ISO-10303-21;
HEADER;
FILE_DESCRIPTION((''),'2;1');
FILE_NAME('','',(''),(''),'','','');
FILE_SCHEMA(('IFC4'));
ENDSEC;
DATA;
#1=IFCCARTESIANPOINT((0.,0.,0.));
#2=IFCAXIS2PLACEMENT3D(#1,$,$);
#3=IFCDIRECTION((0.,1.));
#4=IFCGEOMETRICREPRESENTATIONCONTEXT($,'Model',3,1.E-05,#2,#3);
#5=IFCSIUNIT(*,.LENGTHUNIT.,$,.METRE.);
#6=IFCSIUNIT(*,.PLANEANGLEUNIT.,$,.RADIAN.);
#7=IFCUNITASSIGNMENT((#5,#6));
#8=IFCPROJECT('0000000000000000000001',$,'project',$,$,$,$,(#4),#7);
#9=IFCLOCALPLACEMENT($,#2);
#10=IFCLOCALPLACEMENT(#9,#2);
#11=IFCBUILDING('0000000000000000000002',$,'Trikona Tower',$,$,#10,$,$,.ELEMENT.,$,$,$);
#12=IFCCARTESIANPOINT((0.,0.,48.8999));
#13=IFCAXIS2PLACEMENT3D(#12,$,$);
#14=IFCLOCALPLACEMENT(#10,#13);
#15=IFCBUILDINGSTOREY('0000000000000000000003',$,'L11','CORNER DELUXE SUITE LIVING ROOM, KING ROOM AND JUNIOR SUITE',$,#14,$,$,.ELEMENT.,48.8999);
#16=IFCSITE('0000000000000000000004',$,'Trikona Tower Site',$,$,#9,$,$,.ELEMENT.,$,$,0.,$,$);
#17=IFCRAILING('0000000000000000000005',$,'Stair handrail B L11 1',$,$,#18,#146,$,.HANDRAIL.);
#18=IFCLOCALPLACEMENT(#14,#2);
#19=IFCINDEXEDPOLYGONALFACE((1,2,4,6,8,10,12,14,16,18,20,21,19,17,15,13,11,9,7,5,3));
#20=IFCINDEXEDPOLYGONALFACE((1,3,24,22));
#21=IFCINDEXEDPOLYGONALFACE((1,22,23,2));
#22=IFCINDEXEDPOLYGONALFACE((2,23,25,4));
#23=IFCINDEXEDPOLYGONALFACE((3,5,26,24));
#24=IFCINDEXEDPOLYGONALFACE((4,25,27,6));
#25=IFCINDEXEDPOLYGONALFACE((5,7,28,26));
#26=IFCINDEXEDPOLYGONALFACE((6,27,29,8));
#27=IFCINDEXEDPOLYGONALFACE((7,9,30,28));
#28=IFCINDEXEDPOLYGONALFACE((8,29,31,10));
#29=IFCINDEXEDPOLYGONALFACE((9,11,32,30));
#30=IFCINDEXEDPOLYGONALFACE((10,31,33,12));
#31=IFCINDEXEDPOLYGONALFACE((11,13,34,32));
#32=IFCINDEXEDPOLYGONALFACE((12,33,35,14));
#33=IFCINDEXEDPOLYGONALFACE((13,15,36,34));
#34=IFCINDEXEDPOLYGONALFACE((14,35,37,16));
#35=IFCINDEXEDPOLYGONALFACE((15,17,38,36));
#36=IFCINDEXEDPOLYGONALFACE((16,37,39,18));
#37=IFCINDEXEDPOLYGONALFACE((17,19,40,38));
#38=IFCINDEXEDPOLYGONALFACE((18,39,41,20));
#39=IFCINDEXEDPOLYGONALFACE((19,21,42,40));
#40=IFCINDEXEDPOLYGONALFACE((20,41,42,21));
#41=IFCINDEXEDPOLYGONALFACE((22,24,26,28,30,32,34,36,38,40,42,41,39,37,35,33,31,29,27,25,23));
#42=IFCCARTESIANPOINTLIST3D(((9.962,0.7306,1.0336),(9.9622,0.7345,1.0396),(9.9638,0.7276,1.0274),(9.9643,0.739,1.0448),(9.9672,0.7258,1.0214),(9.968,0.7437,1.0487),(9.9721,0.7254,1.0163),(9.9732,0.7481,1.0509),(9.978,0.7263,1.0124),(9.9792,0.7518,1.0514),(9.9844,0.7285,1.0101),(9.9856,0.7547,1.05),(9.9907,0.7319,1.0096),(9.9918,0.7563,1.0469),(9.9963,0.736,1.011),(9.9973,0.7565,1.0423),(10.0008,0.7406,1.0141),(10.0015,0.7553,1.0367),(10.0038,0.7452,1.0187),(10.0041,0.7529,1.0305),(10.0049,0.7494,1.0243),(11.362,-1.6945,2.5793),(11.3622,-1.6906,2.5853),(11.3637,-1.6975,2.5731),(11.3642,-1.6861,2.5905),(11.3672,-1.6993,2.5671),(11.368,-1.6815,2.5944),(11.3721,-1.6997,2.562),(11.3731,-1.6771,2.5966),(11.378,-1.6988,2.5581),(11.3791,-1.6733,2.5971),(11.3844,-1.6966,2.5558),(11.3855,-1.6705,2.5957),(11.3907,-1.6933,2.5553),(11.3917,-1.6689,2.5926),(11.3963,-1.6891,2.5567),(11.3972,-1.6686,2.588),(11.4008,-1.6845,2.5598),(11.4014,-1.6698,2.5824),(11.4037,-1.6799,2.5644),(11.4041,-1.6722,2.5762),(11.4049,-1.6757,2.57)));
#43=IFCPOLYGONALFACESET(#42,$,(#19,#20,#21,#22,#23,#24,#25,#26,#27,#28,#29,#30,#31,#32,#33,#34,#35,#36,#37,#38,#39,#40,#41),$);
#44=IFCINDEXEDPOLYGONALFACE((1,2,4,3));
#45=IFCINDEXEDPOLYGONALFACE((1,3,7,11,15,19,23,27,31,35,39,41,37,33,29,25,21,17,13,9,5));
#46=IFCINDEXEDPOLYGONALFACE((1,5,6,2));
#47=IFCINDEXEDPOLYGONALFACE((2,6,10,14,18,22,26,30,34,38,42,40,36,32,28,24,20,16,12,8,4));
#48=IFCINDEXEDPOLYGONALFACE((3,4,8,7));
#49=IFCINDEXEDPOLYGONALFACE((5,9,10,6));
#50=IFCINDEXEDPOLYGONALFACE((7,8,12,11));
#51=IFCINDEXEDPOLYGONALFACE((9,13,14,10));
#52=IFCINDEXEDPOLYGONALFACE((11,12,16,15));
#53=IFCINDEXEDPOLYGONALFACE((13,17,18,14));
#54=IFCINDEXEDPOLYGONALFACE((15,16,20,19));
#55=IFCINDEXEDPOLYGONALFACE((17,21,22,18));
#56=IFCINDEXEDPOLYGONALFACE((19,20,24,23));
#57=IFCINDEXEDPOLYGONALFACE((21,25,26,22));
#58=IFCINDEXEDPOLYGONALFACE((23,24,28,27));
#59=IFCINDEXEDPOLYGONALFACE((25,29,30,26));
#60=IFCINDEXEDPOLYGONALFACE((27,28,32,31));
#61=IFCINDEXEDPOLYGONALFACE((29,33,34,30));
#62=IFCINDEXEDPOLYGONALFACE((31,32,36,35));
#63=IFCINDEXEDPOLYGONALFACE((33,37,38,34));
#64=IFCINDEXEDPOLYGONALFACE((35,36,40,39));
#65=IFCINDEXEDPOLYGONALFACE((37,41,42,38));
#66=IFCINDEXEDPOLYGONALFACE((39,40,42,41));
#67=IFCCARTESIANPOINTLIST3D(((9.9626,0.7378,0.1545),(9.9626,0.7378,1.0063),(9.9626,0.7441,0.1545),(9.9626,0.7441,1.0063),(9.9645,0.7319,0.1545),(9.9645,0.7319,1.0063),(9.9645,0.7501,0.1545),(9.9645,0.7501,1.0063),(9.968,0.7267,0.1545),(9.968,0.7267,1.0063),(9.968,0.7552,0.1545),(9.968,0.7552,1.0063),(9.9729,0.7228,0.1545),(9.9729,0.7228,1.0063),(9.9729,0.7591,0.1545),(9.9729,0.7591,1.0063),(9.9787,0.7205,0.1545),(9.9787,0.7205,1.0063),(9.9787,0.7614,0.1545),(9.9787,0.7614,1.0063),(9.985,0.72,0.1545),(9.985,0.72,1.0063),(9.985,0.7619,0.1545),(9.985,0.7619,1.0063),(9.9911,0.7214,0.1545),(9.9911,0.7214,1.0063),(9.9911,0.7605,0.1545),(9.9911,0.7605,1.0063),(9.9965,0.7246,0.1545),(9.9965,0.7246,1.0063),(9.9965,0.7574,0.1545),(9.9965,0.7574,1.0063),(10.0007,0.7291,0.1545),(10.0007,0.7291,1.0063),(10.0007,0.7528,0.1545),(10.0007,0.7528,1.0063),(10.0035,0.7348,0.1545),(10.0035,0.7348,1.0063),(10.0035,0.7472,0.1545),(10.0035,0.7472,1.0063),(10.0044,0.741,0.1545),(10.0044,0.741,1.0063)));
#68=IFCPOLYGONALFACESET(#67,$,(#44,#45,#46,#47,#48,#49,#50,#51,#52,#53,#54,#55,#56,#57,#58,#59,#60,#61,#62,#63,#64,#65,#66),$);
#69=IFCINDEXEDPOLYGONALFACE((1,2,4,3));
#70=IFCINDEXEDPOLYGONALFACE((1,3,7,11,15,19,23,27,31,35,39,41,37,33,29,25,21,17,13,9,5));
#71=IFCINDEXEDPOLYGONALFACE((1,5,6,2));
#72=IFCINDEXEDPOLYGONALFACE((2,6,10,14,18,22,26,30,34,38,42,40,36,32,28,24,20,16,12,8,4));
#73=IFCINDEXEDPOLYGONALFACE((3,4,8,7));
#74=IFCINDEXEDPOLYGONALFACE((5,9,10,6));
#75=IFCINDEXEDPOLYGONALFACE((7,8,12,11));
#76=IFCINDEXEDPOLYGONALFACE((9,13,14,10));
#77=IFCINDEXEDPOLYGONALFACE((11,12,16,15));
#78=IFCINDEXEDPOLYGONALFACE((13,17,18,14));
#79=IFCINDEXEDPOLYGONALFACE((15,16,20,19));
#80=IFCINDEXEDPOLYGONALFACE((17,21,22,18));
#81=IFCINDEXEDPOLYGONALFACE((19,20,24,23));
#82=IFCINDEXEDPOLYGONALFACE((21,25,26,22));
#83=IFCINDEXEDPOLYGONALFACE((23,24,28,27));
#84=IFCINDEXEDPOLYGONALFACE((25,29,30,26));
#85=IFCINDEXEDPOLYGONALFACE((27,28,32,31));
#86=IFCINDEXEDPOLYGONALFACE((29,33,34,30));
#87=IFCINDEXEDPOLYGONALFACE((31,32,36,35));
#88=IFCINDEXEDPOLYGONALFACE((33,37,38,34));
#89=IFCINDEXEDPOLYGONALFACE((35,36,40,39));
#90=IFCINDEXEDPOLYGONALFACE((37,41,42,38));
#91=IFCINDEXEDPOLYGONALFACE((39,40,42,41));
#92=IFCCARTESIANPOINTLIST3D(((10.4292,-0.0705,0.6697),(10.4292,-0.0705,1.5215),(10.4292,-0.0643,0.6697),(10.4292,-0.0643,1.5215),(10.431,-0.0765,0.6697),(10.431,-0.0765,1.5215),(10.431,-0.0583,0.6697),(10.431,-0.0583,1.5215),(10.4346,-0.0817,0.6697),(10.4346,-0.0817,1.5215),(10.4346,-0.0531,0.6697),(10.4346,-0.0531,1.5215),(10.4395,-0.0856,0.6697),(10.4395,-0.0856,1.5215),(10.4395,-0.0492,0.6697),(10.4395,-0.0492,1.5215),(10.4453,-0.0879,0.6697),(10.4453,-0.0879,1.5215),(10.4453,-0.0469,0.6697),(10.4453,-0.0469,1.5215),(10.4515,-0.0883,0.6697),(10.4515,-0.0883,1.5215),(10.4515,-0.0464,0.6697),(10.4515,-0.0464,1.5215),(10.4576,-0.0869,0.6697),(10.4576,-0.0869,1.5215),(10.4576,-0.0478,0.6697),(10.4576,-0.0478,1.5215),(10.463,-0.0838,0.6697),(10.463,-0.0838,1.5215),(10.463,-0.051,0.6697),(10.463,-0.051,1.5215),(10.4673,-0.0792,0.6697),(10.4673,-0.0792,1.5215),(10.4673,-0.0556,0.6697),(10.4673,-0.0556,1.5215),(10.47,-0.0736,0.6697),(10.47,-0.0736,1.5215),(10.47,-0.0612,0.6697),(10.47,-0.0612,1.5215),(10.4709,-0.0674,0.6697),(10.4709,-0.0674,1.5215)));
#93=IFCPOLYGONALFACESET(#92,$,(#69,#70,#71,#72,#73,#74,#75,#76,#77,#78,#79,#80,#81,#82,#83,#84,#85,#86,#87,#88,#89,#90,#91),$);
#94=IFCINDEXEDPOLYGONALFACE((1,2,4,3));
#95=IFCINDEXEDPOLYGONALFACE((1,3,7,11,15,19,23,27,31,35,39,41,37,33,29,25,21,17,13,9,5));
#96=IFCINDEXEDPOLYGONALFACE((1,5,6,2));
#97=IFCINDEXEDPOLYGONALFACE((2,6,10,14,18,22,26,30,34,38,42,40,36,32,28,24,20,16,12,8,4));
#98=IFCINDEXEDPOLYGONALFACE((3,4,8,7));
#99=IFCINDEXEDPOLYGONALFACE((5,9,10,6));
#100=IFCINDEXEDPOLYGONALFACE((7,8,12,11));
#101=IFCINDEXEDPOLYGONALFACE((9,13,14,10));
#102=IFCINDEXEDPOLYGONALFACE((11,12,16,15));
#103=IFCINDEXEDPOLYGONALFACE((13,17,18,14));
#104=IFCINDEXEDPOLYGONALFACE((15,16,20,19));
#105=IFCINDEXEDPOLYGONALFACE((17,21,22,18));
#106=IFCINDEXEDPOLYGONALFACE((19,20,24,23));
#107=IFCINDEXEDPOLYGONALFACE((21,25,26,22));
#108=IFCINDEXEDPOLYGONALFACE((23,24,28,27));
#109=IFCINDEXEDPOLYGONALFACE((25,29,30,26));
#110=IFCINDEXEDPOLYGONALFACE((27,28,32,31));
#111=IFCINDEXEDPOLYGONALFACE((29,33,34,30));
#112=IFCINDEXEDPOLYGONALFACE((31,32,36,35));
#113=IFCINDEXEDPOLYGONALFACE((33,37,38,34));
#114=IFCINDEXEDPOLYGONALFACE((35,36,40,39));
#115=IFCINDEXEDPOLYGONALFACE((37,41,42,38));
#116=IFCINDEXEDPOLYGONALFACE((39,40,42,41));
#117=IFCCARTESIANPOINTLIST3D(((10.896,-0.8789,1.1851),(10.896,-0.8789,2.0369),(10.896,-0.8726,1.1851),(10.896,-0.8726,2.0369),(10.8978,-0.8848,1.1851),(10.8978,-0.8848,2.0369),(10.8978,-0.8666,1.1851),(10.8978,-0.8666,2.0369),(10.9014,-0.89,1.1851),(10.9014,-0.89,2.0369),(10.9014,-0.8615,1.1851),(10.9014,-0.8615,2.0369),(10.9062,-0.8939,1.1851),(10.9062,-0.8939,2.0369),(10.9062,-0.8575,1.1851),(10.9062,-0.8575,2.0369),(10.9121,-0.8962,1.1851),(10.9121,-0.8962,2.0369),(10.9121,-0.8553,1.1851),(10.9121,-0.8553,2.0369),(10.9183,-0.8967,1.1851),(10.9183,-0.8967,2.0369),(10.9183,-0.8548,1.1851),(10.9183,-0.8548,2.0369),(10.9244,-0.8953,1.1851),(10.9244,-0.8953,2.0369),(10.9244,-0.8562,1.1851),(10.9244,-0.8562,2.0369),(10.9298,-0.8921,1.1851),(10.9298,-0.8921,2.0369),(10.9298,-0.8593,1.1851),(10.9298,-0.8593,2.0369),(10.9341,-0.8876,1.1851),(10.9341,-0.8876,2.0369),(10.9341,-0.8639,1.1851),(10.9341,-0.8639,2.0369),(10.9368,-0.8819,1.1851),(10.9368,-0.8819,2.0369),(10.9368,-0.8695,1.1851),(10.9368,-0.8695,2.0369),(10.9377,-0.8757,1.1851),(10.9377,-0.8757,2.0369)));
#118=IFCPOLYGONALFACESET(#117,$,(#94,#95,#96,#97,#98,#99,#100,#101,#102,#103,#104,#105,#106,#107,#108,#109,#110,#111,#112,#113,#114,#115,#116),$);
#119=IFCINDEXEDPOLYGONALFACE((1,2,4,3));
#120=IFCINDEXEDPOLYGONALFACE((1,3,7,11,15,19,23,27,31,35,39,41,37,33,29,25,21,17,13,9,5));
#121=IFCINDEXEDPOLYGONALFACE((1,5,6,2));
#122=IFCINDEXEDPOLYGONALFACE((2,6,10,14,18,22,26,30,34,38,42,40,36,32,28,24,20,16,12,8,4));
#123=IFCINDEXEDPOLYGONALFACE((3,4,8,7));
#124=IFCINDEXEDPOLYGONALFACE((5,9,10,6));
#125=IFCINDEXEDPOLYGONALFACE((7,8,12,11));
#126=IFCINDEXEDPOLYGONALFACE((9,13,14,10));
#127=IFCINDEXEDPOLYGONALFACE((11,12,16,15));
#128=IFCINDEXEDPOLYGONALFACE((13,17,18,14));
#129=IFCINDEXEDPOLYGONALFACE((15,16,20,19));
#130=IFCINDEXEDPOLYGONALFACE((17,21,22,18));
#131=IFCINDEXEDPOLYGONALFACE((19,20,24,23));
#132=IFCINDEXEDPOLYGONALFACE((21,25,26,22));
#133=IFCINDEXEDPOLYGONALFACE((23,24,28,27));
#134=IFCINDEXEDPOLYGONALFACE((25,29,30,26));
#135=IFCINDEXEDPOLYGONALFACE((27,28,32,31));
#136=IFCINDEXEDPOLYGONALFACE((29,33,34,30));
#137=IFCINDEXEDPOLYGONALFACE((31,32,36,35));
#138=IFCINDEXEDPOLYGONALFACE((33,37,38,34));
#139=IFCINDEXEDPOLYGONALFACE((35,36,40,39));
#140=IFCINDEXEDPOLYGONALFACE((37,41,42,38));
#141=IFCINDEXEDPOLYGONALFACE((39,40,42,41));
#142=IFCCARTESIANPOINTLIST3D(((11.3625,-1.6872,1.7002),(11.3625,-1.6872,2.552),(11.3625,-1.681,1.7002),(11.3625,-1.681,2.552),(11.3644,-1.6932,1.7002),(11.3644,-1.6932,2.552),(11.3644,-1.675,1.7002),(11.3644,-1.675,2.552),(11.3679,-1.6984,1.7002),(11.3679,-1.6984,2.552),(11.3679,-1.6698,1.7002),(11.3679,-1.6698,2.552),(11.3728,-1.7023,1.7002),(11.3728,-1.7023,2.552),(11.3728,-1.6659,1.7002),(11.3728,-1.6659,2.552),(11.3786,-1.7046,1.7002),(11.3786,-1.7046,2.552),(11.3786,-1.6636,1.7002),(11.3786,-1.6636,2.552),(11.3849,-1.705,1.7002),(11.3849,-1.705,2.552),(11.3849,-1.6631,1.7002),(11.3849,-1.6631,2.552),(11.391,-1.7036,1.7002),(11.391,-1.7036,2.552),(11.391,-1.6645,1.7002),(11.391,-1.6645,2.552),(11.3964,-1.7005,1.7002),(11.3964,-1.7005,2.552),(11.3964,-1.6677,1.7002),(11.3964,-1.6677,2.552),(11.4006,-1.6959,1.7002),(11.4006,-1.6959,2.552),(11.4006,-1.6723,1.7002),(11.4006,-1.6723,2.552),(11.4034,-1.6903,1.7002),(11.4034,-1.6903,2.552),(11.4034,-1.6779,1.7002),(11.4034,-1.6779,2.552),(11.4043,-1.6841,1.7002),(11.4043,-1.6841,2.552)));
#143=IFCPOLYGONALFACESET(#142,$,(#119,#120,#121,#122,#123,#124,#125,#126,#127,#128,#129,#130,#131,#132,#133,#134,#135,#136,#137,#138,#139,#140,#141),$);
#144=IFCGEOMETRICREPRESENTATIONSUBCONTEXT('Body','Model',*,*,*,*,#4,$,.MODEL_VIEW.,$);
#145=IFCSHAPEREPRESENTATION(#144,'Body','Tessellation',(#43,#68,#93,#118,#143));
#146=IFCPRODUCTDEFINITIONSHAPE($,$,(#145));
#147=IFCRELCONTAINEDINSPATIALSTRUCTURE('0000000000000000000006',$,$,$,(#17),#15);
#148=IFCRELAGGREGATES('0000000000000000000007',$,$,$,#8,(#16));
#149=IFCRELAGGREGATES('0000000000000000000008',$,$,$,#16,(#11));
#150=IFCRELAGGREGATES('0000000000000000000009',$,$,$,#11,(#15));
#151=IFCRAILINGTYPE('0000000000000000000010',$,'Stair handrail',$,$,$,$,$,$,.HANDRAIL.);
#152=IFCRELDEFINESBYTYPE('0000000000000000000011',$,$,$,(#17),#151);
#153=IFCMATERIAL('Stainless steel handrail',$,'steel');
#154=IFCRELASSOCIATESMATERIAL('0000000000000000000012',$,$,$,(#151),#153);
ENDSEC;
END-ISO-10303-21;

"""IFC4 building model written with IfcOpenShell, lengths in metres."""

from ifc_helpers import new_model, si_unit, direction, frame, origin, origin_2d, place, context, subcontext, project, spatial, circle, extrude, material, type_object, element, save


model = new_model("IFC4")

# Units and contexts
model_context = context("Model", 3, precision=1e-05, world=origin(), true_north=direction((0.0, 1.0)))
body_context = subcontext(model_context, "Body", "Model", "MODEL_VIEW")
ifc_project = project(units=[si_unit("LENGTHUNIT", "METRE"), si_unit("PLANEANGLEUNIT", "RADIAN")], contexts=[model_context])

# Site, building, storey
site_placement = place(None, origin())
site = spatial("IfcSite", under=ifc_project, at=site_placement, Name="Trikona Tower Site", CompositionType="ELEMENT", RefElevation=0.0)
building_placement = place(site_placement, origin())
building = spatial("IfcBuilding", under=site, at=building_placement, Name="Trikona Tower", CompositionType="ELEMENT")
storey_placement = place(building_placement, frame((0.0, 0.0, 48.8999)))
storey = spatial("IfcBuildingStorey", under=building, at=storey_placement, Name="L11", Description="CORNER DELUXE SUITE LIVING ROOM, KING ROOM AND JUNIOR SUITE", CompositionType="ELEMENT", Elevation=48.8999)

# Railing
ifc_material_1 = material(Name="Stainless steel handrail", Category="steel")
railing_type = type_object("IfcRailingType", Name="Stair handrail", PredefinedType="HANDRAIL", material=ifc_material_1)
railing_placement = place(storey_placement, frame((9.9834, 0.741, 0.1545)))
element("IfcRailing", 1, at=railing_placement, inside=storey, type_object=railing_type, Name="Stair handrail B L11 1", PredefinedType="HANDRAIL", context=body_context, shape_type="SweptSolid", body=[
    extrude(circle(Radius=0.0239, at=origin_2d()), frame((0.0, 0.0, 0.876), z_axis=(0.437691, -0.758212, 0.483262), x_axis=(0.866056, 0.499946, 0.0)), (0.0, 0.0, 1.0), 3.1985),
    extrude(circle(Radius=0.021, at=origin_2d()), origin(), (0.0, 0.0, 1.0), 0.8518),
    extrude(circle(Radius=0.021, at=origin_2d()), frame((0.4666, -0.8083, 0.5151)), (0.0, 0.0, 1.0), 0.8518),
    extrude(circle(Radius=0.021, at=origin_2d()), frame((0.9333, -1.6167, 1.0305)), (0.0, 0.0, 1.0), 0.8518),
    extrude(circle(Radius=0.021, at=origin_2d()), frame((1.3999, -2.425, 1.5457)), (0.0, 0.0, 1.0), 0.8518),
])

save(model, "model.ifc")
